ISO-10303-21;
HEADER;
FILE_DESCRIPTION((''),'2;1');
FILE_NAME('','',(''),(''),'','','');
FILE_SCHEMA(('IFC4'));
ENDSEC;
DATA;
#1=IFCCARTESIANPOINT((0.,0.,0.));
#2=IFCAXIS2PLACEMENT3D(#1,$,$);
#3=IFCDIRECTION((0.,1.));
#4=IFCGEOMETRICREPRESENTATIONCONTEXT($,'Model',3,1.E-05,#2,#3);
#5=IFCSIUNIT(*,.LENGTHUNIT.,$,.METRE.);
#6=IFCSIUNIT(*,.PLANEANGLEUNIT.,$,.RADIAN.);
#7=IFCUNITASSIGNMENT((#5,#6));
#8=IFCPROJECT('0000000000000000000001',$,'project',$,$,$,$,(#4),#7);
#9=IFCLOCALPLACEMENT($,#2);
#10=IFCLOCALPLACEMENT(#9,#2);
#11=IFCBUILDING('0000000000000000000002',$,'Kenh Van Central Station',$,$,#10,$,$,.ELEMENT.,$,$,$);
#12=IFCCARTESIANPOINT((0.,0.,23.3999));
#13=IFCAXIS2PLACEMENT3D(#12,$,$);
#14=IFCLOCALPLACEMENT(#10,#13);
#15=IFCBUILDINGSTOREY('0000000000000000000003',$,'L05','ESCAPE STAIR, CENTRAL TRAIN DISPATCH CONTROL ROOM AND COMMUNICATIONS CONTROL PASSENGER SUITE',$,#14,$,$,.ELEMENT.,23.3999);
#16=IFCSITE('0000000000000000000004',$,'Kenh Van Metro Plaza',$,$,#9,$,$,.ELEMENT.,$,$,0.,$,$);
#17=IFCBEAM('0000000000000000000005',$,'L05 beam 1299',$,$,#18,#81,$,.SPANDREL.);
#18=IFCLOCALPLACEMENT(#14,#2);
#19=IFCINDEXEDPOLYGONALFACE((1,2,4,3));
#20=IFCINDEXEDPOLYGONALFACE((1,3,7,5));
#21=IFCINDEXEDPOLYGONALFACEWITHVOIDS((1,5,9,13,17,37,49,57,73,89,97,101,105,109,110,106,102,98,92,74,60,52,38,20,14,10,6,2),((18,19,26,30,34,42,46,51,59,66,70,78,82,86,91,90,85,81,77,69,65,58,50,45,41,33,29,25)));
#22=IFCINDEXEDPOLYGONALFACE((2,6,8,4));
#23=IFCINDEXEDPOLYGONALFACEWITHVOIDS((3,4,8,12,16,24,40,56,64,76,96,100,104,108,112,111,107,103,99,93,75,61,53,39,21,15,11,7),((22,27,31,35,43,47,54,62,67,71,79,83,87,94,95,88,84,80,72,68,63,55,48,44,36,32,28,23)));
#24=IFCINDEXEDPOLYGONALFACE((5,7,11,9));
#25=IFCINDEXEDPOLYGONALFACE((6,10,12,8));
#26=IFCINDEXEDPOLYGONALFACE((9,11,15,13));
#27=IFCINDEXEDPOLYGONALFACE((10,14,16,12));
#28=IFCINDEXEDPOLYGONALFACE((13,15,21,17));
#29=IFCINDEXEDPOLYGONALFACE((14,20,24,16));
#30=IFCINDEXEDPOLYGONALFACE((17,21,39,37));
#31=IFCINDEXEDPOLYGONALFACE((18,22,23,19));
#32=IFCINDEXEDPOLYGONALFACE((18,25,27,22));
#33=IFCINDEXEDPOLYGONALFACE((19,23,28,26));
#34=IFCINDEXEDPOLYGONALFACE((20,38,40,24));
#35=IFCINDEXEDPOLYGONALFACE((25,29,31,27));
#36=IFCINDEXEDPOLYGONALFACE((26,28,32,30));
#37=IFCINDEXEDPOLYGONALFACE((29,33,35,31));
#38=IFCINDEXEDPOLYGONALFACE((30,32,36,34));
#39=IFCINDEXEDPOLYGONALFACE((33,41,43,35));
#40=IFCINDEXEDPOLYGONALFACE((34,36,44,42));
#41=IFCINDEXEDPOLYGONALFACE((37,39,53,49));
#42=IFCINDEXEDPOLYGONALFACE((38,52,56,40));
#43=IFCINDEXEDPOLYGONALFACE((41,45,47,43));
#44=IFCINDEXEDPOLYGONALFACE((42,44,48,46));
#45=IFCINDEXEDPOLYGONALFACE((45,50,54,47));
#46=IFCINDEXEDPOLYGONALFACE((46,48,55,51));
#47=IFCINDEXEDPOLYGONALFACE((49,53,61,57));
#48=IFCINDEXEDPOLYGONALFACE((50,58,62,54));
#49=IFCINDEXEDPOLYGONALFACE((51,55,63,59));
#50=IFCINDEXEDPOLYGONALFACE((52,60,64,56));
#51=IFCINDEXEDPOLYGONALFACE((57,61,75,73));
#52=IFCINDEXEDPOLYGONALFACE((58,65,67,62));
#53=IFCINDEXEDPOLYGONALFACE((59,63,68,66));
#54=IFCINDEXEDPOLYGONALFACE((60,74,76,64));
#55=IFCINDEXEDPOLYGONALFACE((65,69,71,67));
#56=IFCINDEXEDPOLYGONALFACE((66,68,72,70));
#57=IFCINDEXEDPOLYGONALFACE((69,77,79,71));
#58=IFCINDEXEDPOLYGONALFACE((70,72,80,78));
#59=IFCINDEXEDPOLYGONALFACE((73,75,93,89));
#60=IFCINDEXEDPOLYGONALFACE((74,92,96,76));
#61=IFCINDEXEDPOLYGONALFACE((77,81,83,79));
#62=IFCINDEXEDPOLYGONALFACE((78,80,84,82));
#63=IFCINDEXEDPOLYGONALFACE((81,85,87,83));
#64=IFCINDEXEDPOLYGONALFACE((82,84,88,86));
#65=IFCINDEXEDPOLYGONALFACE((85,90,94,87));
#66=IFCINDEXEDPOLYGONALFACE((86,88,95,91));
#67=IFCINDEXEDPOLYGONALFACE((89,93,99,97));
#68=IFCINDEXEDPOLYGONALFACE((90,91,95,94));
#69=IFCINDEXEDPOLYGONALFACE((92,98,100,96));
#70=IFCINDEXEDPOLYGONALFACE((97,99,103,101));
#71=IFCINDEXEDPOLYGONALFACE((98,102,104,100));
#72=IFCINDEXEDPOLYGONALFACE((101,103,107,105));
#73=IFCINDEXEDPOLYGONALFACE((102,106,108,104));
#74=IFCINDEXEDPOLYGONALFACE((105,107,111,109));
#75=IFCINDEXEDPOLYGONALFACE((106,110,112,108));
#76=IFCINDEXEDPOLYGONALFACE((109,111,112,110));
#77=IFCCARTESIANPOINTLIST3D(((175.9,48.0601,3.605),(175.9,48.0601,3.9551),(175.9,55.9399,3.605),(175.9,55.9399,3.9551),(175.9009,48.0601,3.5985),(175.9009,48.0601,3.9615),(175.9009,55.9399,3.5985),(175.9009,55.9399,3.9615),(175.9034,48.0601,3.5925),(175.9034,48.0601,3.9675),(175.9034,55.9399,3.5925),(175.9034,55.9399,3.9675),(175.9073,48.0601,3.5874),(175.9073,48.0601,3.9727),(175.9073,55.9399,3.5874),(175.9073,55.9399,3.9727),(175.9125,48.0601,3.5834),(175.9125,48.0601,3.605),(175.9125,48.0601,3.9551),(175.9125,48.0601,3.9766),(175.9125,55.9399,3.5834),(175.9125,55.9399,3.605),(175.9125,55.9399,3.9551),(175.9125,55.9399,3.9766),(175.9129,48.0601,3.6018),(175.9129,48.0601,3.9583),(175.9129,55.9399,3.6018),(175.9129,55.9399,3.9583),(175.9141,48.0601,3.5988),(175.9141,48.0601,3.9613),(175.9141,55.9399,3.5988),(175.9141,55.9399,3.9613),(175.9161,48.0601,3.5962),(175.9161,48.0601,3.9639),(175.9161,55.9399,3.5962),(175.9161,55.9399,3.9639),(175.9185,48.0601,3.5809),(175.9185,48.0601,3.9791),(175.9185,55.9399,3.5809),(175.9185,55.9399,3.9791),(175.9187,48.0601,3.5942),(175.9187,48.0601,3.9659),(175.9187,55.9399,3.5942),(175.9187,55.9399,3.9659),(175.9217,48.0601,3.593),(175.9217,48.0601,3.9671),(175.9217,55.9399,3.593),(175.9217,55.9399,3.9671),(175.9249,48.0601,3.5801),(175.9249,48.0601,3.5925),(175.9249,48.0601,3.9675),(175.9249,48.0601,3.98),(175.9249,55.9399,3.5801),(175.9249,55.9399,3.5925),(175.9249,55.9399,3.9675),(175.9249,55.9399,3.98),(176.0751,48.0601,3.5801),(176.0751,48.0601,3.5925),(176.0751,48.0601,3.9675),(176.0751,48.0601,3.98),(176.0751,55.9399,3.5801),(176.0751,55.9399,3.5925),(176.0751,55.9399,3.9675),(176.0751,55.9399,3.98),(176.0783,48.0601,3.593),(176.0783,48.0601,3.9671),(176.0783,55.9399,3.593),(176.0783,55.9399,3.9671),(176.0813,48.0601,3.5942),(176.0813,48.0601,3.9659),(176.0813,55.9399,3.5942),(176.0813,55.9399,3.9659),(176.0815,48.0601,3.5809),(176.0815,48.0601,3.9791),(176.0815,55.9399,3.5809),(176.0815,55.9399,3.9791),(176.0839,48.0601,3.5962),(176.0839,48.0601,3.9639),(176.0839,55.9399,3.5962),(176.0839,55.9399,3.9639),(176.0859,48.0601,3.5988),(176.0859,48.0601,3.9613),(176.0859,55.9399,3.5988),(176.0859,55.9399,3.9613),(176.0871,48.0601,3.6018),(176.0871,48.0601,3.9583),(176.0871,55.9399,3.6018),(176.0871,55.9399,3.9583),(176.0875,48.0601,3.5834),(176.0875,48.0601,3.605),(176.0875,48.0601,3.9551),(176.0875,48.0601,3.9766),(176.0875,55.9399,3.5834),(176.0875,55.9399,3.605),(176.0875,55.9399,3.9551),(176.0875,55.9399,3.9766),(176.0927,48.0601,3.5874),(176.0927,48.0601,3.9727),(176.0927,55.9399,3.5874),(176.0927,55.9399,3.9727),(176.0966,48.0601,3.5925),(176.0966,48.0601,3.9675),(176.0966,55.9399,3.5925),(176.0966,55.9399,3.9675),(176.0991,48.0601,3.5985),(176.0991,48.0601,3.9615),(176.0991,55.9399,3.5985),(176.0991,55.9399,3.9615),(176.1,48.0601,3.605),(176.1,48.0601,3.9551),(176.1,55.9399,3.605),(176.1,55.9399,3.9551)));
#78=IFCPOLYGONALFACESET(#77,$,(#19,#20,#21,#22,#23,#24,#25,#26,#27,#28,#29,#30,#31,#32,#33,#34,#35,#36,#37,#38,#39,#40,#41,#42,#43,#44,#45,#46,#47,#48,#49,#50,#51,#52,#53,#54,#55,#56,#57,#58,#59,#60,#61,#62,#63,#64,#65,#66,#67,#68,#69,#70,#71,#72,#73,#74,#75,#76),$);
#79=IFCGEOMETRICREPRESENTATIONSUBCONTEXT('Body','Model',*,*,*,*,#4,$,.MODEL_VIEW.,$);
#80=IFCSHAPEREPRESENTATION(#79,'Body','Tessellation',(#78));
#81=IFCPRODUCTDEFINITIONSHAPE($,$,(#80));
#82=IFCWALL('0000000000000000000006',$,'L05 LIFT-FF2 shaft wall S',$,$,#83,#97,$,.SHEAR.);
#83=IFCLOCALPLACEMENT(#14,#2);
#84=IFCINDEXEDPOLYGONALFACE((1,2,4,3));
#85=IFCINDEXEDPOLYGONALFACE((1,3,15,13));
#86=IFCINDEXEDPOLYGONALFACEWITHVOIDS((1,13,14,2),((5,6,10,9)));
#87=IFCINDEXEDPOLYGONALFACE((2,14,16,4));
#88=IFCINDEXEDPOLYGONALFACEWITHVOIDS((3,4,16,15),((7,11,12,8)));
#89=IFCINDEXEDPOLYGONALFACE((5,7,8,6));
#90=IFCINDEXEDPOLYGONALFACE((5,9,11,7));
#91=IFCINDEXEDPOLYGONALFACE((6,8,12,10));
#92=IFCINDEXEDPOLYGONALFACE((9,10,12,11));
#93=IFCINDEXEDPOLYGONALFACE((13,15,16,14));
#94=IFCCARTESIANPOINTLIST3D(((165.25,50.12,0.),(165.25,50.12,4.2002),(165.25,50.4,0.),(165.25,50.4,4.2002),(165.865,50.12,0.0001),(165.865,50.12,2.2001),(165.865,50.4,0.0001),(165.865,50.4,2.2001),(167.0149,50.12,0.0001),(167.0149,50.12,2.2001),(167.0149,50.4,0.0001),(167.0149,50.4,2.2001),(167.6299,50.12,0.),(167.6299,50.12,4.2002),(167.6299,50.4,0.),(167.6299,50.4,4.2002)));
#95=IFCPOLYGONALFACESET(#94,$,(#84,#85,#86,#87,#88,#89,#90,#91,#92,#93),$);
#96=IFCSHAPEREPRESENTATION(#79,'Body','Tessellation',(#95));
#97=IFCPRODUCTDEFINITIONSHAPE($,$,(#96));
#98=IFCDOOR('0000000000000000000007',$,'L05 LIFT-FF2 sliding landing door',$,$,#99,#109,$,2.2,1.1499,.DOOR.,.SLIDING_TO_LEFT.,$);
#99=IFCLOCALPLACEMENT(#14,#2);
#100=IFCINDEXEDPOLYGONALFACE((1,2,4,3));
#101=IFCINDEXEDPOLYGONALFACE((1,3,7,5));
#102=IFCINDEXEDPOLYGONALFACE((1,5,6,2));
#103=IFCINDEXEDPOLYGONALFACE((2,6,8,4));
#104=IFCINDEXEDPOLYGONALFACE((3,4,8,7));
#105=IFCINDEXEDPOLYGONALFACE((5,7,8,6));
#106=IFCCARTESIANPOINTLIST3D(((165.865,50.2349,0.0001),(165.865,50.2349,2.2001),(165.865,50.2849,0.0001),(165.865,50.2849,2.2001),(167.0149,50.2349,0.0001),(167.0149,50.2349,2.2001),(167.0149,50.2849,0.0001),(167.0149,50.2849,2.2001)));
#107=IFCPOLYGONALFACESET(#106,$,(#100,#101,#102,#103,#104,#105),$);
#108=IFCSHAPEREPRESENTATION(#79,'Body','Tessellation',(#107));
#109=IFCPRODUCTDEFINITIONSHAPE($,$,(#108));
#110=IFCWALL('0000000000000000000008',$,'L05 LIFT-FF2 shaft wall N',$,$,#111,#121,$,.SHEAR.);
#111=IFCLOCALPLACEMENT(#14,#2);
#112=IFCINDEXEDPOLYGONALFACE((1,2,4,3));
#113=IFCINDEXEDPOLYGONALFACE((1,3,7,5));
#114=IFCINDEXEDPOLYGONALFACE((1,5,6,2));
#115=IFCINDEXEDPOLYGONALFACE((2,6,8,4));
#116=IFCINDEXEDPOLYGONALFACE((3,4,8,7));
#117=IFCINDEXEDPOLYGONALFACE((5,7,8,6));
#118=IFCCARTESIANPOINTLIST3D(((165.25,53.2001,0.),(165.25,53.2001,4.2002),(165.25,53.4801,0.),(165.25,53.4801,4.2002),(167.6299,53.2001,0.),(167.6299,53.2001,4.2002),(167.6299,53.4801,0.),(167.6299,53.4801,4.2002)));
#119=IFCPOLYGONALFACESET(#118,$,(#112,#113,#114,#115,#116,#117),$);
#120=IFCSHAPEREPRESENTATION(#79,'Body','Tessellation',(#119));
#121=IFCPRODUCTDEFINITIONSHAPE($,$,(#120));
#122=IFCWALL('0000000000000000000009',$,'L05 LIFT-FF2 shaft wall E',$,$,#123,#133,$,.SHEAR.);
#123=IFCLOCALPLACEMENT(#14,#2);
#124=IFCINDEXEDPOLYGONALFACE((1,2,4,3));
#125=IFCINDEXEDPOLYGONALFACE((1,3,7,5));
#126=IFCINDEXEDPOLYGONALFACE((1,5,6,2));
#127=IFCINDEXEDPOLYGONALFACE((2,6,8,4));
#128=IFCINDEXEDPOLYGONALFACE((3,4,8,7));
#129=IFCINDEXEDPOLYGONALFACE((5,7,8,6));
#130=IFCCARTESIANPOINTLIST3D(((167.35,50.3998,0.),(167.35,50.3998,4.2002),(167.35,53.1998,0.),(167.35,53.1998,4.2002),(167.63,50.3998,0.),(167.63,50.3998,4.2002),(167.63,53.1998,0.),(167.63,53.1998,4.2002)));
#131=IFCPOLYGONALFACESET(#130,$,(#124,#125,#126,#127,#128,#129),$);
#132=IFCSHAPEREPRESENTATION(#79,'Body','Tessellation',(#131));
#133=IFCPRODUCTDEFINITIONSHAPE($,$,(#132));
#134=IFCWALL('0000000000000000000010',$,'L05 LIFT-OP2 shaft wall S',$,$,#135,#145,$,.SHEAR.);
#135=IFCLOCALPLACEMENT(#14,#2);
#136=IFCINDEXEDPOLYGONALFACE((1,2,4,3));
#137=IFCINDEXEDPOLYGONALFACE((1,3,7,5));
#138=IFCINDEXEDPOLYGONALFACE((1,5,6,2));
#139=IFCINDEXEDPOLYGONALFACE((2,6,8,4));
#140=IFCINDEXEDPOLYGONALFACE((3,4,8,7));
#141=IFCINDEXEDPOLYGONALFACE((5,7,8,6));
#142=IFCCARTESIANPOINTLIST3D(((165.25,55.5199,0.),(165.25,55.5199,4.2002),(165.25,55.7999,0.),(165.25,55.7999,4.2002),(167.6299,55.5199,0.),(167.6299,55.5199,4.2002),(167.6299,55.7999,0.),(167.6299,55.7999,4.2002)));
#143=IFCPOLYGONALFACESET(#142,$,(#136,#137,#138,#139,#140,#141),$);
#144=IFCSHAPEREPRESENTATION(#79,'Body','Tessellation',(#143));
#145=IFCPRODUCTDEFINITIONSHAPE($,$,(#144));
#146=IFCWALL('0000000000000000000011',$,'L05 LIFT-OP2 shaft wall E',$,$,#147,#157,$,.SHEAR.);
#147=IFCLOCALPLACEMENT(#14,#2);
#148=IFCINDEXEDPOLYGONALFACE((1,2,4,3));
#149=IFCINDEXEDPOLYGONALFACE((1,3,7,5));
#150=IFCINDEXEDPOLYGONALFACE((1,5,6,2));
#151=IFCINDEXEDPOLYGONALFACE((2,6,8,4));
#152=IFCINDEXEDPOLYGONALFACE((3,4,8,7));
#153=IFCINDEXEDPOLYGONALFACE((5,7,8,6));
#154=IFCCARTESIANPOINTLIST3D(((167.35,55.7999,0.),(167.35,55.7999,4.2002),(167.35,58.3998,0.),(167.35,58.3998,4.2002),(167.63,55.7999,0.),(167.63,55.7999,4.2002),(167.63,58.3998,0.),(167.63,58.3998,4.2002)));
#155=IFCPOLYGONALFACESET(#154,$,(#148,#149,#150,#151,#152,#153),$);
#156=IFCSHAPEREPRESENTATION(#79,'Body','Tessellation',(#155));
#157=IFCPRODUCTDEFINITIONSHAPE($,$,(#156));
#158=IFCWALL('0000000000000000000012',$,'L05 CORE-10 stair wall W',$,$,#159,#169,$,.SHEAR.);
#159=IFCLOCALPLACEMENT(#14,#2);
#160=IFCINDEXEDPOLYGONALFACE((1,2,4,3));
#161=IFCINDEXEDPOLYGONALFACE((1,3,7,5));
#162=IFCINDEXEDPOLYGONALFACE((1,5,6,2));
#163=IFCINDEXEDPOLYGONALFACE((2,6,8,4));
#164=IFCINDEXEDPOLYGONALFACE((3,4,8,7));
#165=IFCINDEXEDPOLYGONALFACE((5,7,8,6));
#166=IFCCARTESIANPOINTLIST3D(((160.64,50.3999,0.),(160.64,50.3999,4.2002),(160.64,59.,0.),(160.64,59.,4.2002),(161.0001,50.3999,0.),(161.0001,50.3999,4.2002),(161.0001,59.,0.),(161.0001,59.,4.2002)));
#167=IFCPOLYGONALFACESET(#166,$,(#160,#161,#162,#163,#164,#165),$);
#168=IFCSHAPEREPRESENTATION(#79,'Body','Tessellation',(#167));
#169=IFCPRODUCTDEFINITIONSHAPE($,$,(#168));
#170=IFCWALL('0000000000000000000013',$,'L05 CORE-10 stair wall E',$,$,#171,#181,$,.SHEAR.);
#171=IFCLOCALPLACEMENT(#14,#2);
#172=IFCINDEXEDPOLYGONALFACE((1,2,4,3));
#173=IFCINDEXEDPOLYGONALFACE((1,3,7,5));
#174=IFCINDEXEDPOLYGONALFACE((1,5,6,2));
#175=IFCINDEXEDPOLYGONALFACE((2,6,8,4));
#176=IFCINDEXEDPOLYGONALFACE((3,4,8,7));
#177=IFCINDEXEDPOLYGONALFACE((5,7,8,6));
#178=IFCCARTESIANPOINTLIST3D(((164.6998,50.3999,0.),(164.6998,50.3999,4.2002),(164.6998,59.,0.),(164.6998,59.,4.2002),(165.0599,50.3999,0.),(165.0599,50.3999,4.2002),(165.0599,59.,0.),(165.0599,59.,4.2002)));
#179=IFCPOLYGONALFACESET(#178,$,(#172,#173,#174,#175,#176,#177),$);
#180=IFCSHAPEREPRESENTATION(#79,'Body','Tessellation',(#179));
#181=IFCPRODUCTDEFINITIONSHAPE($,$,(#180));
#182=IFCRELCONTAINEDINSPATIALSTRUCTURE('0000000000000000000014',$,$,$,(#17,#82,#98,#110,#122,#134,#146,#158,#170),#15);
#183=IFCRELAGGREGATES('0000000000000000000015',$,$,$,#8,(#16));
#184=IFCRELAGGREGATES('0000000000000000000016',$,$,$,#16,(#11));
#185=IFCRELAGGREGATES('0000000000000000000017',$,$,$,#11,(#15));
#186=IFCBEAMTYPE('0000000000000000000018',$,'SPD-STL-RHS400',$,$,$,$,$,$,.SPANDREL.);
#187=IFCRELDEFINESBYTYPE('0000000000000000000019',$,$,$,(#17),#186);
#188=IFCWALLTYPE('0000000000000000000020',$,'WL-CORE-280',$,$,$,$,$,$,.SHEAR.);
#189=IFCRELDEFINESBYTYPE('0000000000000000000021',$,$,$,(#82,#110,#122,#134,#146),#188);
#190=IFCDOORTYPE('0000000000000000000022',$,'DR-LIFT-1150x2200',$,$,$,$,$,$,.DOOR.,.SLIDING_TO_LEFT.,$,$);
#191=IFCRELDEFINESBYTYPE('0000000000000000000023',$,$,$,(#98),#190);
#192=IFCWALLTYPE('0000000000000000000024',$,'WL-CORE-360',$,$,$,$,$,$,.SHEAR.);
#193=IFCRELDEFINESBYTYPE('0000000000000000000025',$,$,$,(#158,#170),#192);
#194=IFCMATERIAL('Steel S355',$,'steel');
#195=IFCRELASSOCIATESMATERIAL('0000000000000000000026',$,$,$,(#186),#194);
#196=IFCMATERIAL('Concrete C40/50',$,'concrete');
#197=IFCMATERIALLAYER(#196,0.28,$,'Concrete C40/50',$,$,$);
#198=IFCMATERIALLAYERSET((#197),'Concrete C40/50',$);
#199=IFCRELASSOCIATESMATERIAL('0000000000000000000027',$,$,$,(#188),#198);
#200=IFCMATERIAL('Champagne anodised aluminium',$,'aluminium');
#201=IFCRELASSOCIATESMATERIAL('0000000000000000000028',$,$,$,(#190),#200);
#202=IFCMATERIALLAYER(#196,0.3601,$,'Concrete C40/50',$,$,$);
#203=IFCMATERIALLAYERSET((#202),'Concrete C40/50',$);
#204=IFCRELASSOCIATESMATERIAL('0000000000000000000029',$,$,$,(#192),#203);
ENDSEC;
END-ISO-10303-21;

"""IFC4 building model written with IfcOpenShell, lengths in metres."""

from ifc_helpers import new_model, si_unit, direction, frame, frame_2d, origin, origin_2d, place, context, subcontext, project, spatial, rectangle, hollow_rectangle, extrude, material, layer, layer_set, material_profile, profile_set, type_object, element, fill, save


model = new_model("IFC4")

# Units and contexts
model_context = context("Model", 3, precision=1e-05, world=origin(), true_north=direction((0.0, 1.0)))
body_context = subcontext(model_context, "Body", "Model", "MODEL_VIEW")
ifc_project = project(units=[si_unit("LENGTHUNIT", "METRE"), si_unit("PLANEANGLEUNIT", "RADIAN")], contexts=[model_context])

# Site, building, storey
site_placement = place(None, origin())
site = spatial("IfcSite", under=ifc_project, at=site_placement, Name="Kenh Van Metro Plaza", CompositionType="ELEMENT", RefElevation=0.0)
building_placement = place(site_placement, origin())
building = spatial("IfcBuilding", under=site, at=building_placement, Name="Kenh Van Central Station", CompositionType="ELEMENT")
storey_placement = place(building_placement, frame((0.0, 0.0, 23.3999)))
storey = spatial("IfcBuildingStorey", under=building, at=storey_placement, Name="L05", Description="ESCAPE STAIR, CENTRAL TRAIN DISPATCH CONTROL ROOM AND COMMUNICATIONS CONTROL PASSENGER SUITE", CompositionType="ELEMENT", Elevation=23.3999)

# Beam
ifc_material_1 = material(Name="Steel S355", Category="steel")
ifc_material_profile_1 = material_profile(ifc_material_1, hollow_rectangle(XDim=0.2, YDim=0.3999, WallThickness=0.0125, InnerFilletRadius=0.0125, OuterFilletRadius=0.0249, at=origin_2d()), Name="RHS 400x200x12.5")
ifc_profile_set_1 = profile_set([ifc_material_profile_1], Name="Steel S355")
beam_type = type_object("IfcBeamType", Name="SPD-STL-RHS400", PredefinedType="SPANDREL", material=ifc_profile_set_1)
for number, where, z_axis, x_axis, name in (
    (1, (176.0, 48.0601, 3.78), (0.0, 1.0, 0.0), (-1.0, 0.0, 0.0), "L05 beam 1299"),
):
    element("IfcBeam", number, at=place(storey_placement, frame(where, z_axis=z_axis, x_axis=x_axis)), inside=storey, type_object=beam_type, Name=name, PredefinedType="SPANDREL", context=body_context, shape_type="SweptSolid", body=[
        extrude(hollow_rectangle(XDim=0.2, YDim=0.3999, WallThickness=0.0125, InnerFilletRadius=0.0125, OuterFilletRadius=0.0249, at=origin_2d()), origin(), (0.0, 0.0, 1.0), 7.8799),
    ])

# Wall, opening, door
ifc_material_2 = material(Name="Concrete C40/50", Category="concrete")
ifc_layer_1 = layer(ifc_material_2, 0.28, Name="Concrete C40/50")
ifc_layer_set_1 = layer_set([ifc_layer_1], Name="Concrete C40/50")
wall_type_1 = type_object("IfcWallType", Name="WL-CORE-280", PredefinedType="SHEAR", material=ifc_layer_set_1)
wall_1_placement = place(storey_placement, frame((165.25, 50.26, 0.0), z_axis=(0.0, 0.0, 1.0), x_axis=(1.0, 0.0, 0.0)))
wall_1 = element("IfcWall", 2, at=wall_1_placement, inside=storey, type_object=wall_type_1, Name="L05 LIFT-FF2 shaft wall S", PredefinedType="SHEAR", context=body_context, shape_type="SweptSolid", body=[
    extrude(rectangle(XDim=2.3799, YDim=0.28, at=frame_2d((1.1899, 0.0))), origin(), (0.0, 0.0, 1.0), 4.2002),
])
opening_1_placement = place(wall_1_placement, frame((0.615, 0.0, 0.0)))
opening_1 = element("IfcOpeningElement", 3, at=opening_1_placement, cuts=wall_1, PredefinedType="OPENING", context=body_context, shape_type="SweptSolid", body=[
    extrude(rectangle(XDim=1.1499, YDim=2.2, at=frame_2d((0.575, 1.1001))), frame((0.0, 0.1499, 0.0), z_axis=(0.0, -1.0, 0.0), x_axis=(1.0, 0.0, 0.0)), (0.0, 0.0, 1.0), 0.3),
])
ifc_material_3 = material(Name="Champagne anodised aluminium", Category="aluminium")
door_type_1 = type_object("IfcDoorType", Name="DR-LIFT-1150x2200", OperationType="SLIDING_TO_LEFT", PredefinedType="DOOR", material=ifc_material_3)
door_1_placement = place(opening_1_placement, origin())
door_1 = element("IfcDoor", 4, at=door_1_placement, inside=storey, type_object=door_type_1, Name="L05 LIFT-FF2 sliding landing door", OperationType="SLIDING_TO_LEFT", OverallHeight=2.2, OverallWidth=1.1499, PredefinedType="DOOR", context=body_context, shape_type="SweptSolid", body=[
    extrude(rectangle(XDim=1.1499, YDim=2.2, at=frame_2d((0.575, 1.1001))), frame((0.0, 0.0249, 0.0), z_axis=(0.0, -1.0, 0.0), x_axis=(1.0, 0.0, 0.0)), (0.0, 0.0, 1.0), 0.05),
])
fill(opening_1, door_1)

# Walls
wall_2_placement = place(storey_placement, frame((165.25, 53.3401, 0.0), z_axis=(0.0, 0.0, 1.0), x_axis=(1.0, 0.0, 0.0)))
element("IfcWall", 5, at=wall_2_placement, inside=storey, type_object=wall_type_1, Name="L05 LIFT-FF2 shaft wall N", PredefinedType="SHEAR", context=body_context, shape_type="SweptSolid", body=[
    extrude(rectangle(XDim=2.3799, YDim=0.28, at=frame_2d((1.1899, 0.0))), origin(), (0.0, 0.0, 1.0), 4.2002),
])
wall_3_placement = place(storey_placement, frame((167.49, 50.3999, 0.0), z_axis=(0.0, 0.0, 1.0), x_axis=(0.0, 1.0, 0.0)))
element("IfcWall", 6, at=wall_3_placement, inside=storey, type_object=wall_type_1, Name="L05 LIFT-FF2 shaft wall E", PredefinedType="SHEAR", context=body_context, shape_type="SweptSolid", body=[
    extrude(rectangle(XDim=2.8, YDim=0.28, at=frame_2d((1.3999, 0.0))), origin(), (0.0, 0.0, 1.0), 4.2002),
])
wall_4_placement = place(storey_placement, frame((165.25, 55.6599, 0.0), z_axis=(0.0, 0.0, 1.0), x_axis=(1.0, 0.0, 0.0)))
element("IfcWall", 7, at=wall_4_placement, inside=storey, type_object=wall_type_1, Name="L05 LIFT-OP2 shaft wall S", PredefinedType="SHEAR", context=body_context, shape_type="SweptSolid", body=[
    extrude(rectangle(XDim=2.3799, YDim=0.28, at=frame_2d((1.1899, 0.0))), origin(), (0.0, 0.0, 1.0), 4.2002),
])
wall_5_placement = place(storey_placement, frame((167.49, 55.8, 0.0), z_axis=(0.0, 0.0, 1.0), x_axis=(0.0, 1.0, 0.0)))
element("IfcWall", 8, at=wall_5_placement, inside=storey, type_object=wall_type_1, Name="L05 LIFT-OP2 shaft wall E", PredefinedType="SHEAR", context=body_context, shape_type="SweptSolid", body=[
    extrude(rectangle(XDim=2.5999, YDim=0.28, at=frame_2d((1.2998, 0.0))), origin(), (0.0, 0.0, 1.0), 4.2002),
])

# Shared definitions
ifc_layer_2 = layer(ifc_material_2, 0.3601, Name="Concrete C40/50")
ifc_layer_set_2 = layer_set([ifc_layer_2], Name="Concrete C40/50")
wall_type_2 = type_object("IfcWallType", Name="WL-CORE-360", PredefinedType="SHEAR", material=ifc_layer_set_2)

# Walls
for number, where, z_axis, x_axis, name in (
    (9, (160.8201, 50.3999, 0.0), (0.0, 0.0, 1.0), (0.0, 1.0, 0.0), "L05 CORE-10 stair wall W"),
    (10, (164.8799, 50.3999, 0.0), (0.0, 0.0, 1.0), (0.0, 1.0, 0.0), "L05 CORE-10 stair wall E"),
):
    element("IfcWall", number, at=place(storey_placement, frame(where, z_axis=z_axis, x_axis=x_axis)), inside=storey, type_object=wall_type_2, Name=name, PredefinedType="SHEAR", context=body_context, shape_type="SweptSolid", body=[
        extrude(rectangle(XDim=8.6001, YDim=0.3601, at=frame_2d((4.3, 0.0))), origin(), (0.0, 0.0, 1.0), 4.2002),
    ])

save(model, "model.ifc")
